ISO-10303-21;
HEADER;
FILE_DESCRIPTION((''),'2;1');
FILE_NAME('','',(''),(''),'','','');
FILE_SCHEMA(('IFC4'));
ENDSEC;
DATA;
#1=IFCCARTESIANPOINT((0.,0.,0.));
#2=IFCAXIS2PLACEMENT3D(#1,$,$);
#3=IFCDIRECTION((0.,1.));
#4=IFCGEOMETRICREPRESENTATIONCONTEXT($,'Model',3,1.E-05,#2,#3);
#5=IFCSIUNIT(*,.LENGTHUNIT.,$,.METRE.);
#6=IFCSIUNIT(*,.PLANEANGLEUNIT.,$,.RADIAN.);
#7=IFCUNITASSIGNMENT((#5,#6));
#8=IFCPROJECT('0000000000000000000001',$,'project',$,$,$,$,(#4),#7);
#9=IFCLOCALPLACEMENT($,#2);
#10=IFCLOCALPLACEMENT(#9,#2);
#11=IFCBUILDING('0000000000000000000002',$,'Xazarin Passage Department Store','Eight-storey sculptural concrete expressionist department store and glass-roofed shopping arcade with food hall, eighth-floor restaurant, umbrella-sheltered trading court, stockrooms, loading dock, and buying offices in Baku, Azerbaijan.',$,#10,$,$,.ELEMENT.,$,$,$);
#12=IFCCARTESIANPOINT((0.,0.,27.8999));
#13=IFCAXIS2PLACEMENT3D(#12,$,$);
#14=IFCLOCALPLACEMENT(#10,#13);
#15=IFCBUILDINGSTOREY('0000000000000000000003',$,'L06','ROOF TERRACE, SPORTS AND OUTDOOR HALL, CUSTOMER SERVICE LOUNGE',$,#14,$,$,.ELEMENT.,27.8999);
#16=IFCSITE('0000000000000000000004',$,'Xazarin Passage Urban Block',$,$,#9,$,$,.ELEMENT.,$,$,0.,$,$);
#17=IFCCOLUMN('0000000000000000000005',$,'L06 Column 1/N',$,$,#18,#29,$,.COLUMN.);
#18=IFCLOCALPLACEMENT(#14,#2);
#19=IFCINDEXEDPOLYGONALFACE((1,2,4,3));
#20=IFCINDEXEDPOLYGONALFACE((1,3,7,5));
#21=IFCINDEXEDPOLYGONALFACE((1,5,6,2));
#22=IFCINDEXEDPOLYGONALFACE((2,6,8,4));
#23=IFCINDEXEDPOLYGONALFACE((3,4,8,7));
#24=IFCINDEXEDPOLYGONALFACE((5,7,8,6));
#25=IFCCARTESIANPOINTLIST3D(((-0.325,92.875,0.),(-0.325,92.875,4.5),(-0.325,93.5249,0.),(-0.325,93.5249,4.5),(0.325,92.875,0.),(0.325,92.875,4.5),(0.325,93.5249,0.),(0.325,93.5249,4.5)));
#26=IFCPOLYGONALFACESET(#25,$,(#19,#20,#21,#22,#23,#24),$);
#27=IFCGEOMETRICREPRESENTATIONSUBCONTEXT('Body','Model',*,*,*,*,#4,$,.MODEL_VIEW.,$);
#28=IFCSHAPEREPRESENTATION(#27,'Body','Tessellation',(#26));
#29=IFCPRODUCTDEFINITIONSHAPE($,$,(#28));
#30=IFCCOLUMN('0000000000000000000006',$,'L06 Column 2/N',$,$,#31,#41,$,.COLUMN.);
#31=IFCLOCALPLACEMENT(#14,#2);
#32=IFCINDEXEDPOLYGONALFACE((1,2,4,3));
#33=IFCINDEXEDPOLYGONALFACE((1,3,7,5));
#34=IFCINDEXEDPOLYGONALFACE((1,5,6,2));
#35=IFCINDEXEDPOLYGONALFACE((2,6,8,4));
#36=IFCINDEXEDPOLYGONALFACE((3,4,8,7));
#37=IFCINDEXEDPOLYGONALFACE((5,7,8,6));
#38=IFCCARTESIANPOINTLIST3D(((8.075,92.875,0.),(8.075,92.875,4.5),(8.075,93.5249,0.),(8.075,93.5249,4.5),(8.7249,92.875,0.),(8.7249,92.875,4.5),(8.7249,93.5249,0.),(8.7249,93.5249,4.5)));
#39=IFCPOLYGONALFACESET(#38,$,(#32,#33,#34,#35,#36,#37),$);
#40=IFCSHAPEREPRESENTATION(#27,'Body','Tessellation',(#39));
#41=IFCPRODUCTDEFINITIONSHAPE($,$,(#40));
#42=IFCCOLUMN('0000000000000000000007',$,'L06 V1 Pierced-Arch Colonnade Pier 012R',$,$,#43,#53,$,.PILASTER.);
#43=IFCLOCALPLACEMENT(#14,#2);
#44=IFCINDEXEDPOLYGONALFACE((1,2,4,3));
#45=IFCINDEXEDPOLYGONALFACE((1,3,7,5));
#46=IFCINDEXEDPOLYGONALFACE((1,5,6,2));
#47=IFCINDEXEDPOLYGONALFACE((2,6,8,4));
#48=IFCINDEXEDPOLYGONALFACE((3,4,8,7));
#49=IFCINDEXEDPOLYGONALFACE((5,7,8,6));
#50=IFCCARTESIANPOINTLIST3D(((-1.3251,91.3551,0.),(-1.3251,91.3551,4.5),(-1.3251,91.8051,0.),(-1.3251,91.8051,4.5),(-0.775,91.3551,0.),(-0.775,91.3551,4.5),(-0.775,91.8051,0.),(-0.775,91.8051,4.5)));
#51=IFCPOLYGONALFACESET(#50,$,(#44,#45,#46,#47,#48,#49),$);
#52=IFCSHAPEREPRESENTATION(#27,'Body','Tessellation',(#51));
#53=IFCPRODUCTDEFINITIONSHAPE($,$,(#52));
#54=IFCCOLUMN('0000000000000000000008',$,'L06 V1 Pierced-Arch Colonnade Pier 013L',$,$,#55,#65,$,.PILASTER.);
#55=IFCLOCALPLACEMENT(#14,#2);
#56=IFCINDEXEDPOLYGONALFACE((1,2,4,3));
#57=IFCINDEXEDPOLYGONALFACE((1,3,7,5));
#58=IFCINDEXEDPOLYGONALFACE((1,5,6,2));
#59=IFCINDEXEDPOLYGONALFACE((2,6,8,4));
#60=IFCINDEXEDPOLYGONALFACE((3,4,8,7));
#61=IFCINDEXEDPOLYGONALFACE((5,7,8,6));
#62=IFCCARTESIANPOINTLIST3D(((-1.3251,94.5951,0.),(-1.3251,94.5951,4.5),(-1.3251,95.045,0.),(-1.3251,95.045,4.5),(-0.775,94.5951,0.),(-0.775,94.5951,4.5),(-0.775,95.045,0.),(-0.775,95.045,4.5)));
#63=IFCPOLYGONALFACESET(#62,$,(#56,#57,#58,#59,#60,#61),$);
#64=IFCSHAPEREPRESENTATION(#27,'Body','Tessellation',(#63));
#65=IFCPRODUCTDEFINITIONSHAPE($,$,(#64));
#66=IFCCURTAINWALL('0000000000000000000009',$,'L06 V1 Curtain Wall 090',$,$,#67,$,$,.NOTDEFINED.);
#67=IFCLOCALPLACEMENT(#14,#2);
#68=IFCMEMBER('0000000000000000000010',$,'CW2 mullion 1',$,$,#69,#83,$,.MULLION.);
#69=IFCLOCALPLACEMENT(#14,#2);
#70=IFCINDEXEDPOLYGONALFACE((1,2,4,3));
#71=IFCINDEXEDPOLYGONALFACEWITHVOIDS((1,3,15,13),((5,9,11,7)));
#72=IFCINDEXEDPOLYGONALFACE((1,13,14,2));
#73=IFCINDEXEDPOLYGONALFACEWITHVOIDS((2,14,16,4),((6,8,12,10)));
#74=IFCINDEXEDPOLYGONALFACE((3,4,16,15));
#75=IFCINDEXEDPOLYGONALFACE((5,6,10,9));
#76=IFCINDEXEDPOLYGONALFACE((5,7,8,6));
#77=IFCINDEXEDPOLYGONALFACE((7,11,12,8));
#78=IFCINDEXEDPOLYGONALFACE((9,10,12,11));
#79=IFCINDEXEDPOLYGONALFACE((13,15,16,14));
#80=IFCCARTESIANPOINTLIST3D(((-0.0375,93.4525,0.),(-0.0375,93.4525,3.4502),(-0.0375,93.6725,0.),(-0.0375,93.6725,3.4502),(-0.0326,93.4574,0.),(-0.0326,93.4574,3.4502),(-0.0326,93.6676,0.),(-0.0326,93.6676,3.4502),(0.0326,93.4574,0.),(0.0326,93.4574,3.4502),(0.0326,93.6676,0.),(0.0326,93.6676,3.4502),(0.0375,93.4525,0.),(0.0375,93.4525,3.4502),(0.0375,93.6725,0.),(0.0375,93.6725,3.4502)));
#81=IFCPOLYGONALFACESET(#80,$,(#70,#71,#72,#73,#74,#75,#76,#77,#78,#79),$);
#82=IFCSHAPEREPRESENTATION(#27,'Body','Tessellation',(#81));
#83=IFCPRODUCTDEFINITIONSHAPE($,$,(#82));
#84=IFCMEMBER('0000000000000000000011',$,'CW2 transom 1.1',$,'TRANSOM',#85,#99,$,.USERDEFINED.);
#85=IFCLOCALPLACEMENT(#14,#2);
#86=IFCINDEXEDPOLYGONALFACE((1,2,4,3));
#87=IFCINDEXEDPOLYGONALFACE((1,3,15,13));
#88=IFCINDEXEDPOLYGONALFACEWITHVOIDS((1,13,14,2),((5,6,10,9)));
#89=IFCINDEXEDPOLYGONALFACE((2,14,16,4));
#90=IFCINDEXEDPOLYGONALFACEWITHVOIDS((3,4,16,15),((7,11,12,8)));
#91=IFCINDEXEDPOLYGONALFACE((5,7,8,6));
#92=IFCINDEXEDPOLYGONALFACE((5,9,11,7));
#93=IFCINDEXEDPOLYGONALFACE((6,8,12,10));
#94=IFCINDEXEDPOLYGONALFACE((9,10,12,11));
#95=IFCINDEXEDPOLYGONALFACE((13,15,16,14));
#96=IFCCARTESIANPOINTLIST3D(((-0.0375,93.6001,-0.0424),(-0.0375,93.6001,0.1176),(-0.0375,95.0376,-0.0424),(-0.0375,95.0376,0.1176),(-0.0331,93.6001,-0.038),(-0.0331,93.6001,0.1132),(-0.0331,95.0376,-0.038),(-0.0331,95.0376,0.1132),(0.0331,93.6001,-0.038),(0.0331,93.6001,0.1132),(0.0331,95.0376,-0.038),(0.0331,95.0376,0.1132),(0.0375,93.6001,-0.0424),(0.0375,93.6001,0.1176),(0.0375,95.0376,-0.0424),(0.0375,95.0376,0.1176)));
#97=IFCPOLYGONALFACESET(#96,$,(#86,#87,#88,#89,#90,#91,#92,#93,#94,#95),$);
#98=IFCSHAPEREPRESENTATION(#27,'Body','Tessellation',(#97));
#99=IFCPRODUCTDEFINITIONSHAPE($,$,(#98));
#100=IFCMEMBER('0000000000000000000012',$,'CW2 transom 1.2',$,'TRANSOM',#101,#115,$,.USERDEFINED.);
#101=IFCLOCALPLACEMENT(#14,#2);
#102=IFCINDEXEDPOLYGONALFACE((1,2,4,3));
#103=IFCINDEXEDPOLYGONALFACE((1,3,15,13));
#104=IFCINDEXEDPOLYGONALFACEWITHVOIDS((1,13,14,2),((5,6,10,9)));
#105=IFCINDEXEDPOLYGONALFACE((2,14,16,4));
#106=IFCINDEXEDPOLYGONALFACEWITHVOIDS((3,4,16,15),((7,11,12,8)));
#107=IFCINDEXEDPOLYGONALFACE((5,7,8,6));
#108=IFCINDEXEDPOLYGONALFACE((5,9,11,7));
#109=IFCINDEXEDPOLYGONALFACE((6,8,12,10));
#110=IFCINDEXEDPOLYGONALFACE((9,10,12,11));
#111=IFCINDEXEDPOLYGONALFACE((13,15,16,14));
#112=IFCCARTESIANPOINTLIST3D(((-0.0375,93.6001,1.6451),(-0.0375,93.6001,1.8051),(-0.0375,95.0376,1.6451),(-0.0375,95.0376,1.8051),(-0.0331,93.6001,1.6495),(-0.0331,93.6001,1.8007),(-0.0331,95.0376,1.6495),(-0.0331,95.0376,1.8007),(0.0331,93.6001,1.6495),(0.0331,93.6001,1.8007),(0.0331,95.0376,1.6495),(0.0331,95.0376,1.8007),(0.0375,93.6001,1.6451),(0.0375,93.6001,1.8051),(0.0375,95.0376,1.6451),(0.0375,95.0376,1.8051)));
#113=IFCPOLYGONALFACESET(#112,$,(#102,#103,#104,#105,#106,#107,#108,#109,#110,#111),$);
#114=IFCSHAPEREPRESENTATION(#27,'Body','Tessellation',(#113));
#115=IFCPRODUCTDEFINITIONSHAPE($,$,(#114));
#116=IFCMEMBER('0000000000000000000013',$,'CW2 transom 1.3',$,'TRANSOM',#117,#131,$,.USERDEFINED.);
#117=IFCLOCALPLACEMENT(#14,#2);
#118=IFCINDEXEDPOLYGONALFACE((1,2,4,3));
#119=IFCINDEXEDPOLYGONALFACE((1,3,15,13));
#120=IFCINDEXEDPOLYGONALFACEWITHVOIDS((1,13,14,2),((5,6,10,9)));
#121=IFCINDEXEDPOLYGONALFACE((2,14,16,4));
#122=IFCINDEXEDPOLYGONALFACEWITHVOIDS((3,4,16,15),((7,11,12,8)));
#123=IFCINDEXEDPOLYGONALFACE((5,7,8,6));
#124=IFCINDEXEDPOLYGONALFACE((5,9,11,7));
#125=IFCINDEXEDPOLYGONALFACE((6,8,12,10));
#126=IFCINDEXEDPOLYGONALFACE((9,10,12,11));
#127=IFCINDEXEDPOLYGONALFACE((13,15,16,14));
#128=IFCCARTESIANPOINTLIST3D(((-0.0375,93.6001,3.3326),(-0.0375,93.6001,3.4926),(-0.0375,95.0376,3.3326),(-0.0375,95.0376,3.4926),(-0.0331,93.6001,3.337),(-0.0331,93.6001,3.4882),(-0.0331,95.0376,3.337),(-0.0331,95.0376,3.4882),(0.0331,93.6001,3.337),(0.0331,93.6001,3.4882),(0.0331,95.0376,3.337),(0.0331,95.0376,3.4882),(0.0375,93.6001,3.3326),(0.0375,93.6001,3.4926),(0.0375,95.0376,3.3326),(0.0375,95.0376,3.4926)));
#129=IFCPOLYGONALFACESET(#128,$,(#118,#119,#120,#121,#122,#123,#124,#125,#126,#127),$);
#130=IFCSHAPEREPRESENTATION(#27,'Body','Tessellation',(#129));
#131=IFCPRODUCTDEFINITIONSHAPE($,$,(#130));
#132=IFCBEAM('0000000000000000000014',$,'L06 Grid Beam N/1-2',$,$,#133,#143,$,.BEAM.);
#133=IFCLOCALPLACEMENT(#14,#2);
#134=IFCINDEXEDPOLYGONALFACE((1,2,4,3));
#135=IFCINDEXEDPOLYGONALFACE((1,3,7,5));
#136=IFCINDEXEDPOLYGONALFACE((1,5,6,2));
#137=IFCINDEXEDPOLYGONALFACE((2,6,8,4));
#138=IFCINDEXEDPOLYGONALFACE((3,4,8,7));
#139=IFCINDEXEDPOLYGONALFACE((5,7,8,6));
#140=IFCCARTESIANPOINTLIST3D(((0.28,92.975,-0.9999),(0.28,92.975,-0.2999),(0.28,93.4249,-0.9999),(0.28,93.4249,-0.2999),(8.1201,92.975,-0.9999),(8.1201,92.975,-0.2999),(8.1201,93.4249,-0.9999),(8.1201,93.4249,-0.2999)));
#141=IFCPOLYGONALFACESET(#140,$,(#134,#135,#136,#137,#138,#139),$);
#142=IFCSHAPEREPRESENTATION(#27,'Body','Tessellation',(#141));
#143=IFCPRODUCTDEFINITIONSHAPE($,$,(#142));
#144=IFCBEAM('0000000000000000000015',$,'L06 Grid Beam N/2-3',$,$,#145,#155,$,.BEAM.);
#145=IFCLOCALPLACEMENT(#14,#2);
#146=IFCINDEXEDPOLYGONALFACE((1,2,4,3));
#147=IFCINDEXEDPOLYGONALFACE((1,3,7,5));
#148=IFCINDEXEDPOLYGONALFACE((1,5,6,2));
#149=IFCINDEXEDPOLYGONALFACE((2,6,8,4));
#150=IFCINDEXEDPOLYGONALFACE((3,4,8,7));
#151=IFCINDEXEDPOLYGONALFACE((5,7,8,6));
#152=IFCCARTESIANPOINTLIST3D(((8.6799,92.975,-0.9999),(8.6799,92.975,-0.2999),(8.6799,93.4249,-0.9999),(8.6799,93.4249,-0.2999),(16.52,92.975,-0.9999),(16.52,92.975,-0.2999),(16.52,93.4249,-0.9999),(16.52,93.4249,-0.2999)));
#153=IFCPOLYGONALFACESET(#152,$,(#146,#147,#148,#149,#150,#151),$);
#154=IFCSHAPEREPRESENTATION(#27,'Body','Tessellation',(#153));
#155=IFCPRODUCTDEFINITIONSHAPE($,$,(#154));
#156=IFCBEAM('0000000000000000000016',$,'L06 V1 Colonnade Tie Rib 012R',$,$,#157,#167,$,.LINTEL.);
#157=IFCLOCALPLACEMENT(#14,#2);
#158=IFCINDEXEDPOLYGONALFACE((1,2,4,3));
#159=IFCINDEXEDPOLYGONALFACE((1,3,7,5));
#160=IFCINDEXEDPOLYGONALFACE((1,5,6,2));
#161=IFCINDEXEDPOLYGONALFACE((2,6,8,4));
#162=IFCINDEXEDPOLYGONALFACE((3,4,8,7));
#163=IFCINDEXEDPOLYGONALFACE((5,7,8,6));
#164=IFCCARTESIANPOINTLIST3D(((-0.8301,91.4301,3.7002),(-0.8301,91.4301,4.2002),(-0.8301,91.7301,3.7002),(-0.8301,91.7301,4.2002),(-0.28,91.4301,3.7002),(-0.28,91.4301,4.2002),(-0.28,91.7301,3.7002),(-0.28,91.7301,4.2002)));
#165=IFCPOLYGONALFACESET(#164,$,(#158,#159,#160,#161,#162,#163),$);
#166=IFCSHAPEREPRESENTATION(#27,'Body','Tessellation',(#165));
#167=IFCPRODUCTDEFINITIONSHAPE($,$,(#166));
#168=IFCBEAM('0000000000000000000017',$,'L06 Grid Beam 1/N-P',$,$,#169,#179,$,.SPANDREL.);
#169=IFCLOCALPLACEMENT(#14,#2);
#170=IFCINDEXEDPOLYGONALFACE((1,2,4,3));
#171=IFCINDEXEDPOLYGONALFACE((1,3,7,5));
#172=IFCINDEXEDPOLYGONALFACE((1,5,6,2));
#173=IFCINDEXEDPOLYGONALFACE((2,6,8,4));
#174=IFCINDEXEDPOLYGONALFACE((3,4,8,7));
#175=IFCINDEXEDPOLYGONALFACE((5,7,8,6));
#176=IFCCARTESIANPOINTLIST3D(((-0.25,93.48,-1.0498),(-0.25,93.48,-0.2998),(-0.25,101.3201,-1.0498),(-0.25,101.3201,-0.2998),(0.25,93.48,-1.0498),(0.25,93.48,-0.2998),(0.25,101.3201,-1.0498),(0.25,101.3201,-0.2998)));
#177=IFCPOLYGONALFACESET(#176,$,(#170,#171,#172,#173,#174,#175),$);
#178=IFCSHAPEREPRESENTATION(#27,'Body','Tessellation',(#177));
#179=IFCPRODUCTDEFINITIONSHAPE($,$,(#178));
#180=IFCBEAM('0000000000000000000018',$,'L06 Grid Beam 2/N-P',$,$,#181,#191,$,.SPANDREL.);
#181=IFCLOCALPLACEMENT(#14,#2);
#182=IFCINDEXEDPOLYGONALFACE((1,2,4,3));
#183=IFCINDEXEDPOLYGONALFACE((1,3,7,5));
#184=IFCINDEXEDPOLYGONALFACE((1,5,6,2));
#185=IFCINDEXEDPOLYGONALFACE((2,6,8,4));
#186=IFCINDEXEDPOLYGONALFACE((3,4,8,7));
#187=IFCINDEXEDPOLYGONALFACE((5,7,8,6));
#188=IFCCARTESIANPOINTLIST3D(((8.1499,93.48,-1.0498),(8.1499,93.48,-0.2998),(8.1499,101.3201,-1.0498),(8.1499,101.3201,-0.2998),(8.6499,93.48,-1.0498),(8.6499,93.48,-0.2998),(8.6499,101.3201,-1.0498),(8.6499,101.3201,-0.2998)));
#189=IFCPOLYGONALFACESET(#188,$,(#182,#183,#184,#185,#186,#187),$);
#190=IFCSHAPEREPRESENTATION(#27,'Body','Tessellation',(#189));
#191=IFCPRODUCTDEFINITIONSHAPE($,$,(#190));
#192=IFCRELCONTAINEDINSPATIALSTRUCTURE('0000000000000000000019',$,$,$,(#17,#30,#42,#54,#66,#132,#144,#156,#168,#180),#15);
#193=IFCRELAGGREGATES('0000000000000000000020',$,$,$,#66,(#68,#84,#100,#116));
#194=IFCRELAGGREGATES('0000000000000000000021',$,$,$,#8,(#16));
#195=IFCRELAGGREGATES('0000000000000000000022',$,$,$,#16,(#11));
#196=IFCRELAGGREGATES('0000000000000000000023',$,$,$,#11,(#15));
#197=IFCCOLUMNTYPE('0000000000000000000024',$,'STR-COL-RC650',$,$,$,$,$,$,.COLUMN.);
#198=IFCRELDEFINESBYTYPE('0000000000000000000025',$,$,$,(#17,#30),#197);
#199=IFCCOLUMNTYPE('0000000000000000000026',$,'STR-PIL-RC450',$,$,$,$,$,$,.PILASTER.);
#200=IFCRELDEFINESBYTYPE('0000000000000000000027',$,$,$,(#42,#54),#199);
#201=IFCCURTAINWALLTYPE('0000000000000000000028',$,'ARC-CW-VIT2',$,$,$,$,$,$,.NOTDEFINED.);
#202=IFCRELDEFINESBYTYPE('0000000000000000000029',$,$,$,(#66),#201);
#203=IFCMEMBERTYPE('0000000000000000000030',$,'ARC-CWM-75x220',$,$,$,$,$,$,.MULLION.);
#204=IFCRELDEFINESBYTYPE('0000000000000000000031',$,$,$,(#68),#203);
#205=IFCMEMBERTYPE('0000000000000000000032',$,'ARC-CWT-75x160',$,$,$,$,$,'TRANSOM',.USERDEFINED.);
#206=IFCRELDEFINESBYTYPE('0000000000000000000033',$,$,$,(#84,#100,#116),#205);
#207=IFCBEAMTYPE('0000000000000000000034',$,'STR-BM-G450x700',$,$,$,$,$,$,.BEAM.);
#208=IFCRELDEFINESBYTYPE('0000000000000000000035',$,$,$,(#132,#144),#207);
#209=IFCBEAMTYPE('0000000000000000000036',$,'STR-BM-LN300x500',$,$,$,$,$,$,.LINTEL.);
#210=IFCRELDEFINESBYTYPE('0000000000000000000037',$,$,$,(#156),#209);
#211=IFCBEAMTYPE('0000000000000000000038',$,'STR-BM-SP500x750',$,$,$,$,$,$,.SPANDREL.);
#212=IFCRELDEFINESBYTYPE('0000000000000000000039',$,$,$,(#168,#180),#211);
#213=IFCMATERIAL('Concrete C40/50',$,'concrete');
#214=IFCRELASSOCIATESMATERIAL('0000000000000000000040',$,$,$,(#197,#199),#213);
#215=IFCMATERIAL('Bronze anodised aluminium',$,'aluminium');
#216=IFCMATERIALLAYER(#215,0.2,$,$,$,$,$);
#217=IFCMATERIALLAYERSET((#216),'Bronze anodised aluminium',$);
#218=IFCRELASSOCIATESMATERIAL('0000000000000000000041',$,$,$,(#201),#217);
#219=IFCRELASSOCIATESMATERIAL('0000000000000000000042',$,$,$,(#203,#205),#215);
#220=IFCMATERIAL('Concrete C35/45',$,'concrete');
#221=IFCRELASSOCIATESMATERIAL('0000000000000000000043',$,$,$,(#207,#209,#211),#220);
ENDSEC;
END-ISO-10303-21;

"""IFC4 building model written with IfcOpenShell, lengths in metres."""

from ifc_helpers import new_model, si_unit, direction, frame, origin, origin_2d, place, context, subcontext, project, spatial, rectangle, hollow_rectangle, extrude, material, layer, layer_set, material_profile, profile_set, type_object, element, aggregate, save


model = new_model("IFC4")

# Units and contexts
model_context = context("Model", 3, precision=1e-05, world=origin(), true_north=direction((0.0, 1.0)))
body_context = subcontext(model_context, "Body", "Model", "MODEL_VIEW")
ifc_project = project(units=[si_unit("LENGTHUNIT", "METRE"), si_unit("PLANEANGLEUNIT", "RADIAN")], contexts=[model_context])

# Site, building, storey
site_placement = place(None, origin())
site = spatial("IfcSite", under=ifc_project, at=site_placement, Name="Xazarin Passage Urban Block", CompositionType="ELEMENT", RefElevation=0.0)
building_placement = place(site_placement, origin())
building = spatial("IfcBuilding", under=site, at=building_placement, Name="Xazarin Passage Department Store", Description="Eight-storey sculptural concrete expressionist department store and glass-roofed shopping arcade with food hall, eighth-floor restaurant, umbrella-sheltered trading court, stockrooms, loading dock, and buying offices in Baku, Azerbaijan.", CompositionType="ELEMENT")
storey_placement = place(building_placement, frame((0.0, 0.0, 27.8999)))
storey = spatial("IfcBuildingStorey", under=building, at=storey_placement, Name="L06", Description="ROOF TERRACE, SPORTS AND OUTDOOR HALL, CUSTOMER SERVICE LOUNGE", CompositionType="ELEMENT", Elevation=27.8999)

# Columns
ifc_material_1 = material(Name="Concrete C40/50", Category="concrete")
ifc_material_profile_1 = material_profile(ifc_material_1, rectangle(XDim=0.6499, YDim=0.6499, at=origin_2d()), Name="RC 650x650")
ifc_profile_set_1 = profile_set([ifc_material_profile_1], Name="Concrete C40/50")
column_type_1 = type_object("IfcColumnType", Name="STR-COL-RC650", PredefinedType="COLUMN", material=ifc_profile_set_1)
for number, where, z_axis, x_axis, name in (
    (1, (0.0, 93.2, 0.0), (0.0, 0.0, 1.0), (1.0, 0.0, 0.0), "L06 Column 1/N"),
    (2, (8.3999, 93.2, 0.0), (0.0, 0.0, 1.0), (1.0, 0.0, 0.0), "L06 Column 2/N"),
):
    element("IfcColumn", number, at=place(storey_placement, frame(where, z_axis=z_axis, x_axis=x_axis)), inside=storey, type_object=column_type_1, Name=name, PredefinedType="COLUMN", context=body_context, shape_type="SweptSolid", body=[
        extrude(rectangle(XDim=0.6499, YDim=0.6499, at=origin_2d()), origin(), (0.0, 0.0, 1.0), 4.5),
    ])
ifc_material_profile_2 = material_profile(ifc_material_1, rectangle(XDim=0.45, YDim=0.55, at=origin_2d()), Name="RC 450x550")
ifc_profile_set_2 = profile_set([ifc_material_profile_2], Name="Concrete C40/50")
column_type_2 = type_object("IfcColumnType", Name="STR-PIL-RC450", PredefinedType="PILASTER", material=ifc_profile_set_2)
for number, where, z_axis, x_axis, name in (
    (3, (-1.05, 91.5801, 0.0), (0.0, 0.0, 1.0), (0.0, 1.0, 0.0), "L06 V1 Pierced-Arch Colonnade Pier 012R"),
    (4, (-1.05, 94.8201, 0.0), (0.0, 0.0, 1.0), (0.0, 1.0, 0.0), "L06 V1 Pierced-Arch Colonnade Pier 013L"),
):
    element("IfcColumn", number, at=place(storey_placement, frame(where, z_axis=z_axis, x_axis=x_axis)), inside=storey, type_object=column_type_2, Name=name, PredefinedType="PILASTER", context=body_context, shape_type="SweptSolid", body=[
        extrude(rectangle(XDim=0.45, YDim=0.55, at=origin_2d()), origin(), (0.0, 0.0, 1.0), 4.5),
    ])

# Curtain wall, members
ifc_material_2 = material(Name="Bronze anodised aluminium", Category="aluminium")
ifc_layer_1 = layer(ifc_material_2, 0.2)
ifc_layer_set_1 = layer_set([ifc_layer_1], Name="Bronze anodised aluminium")
curtain_wall_type = type_object("IfcCurtainWallType", Name="ARC-CW-VIT2", PredefinedType="NOTDEFINED", material=ifc_layer_set_1)
curtain_wall_placement = place(storey_placement, origin())
curtain_wall = element("IfcCurtainWall", 5, at=curtain_wall_placement, inside=storey, type_object=curtain_wall_type, Name="L06 V1 Curtain Wall 090", PredefinedType="NOTDEFINED")
ifc_material_profile_3 = material_profile(ifc_material_2, hollow_rectangle(XDim=0.075, YDim=0.22, WallThickness=0.0049, at=origin_2d()), Name="ALU 75x220")
ifc_profile_set_3 = profile_set([ifc_material_profile_3], Name="Bronze anodised aluminium")
member_type_1 = type_object("IfcMemberType", Name="ARC-CWM-75x220", PredefinedType="MULLION", material=ifc_profile_set_3)
member_1_placement = place(storey_placement, frame((0.0, 93.5625, 0.0), z_axis=(0.0, 0.0, 1.0), x_axis=(-1.0, 0.0, 0.0)))
member_1 = element("IfcMember", 6, at=member_1_placement, type_object=member_type_1, Name="CW2 mullion 1", PredefinedType="MULLION", context=body_context, shape_type="SweptSolid", body=[
    extrude(hollow_rectangle(XDim=0.075, YDim=0.22, WallThickness=0.0049, at=origin_2d()), origin(), (0.0, 0.0, 1.0), 3.4502),
])
ifc_material_profile_4 = material_profile(ifc_material_2, hollow_rectangle(XDim=0.075, YDim=0.1599, WallThickness=0.0044, at=origin_2d()), Name="ALU 75x160")
ifc_profile_set_4 = profile_set([ifc_material_profile_4], Name="Bronze anodised aluminium")
member_type_2 = type_object("IfcMemberType", Name="ARC-CWT-75x160", ElementType="TRANSOM", PredefinedType="USERDEFINED", material=ifc_profile_set_4)
member_2_placement = place(storey_placement, frame((0.0, 93.6001, 0.0376), z_axis=(0.0, 1.0, 0.0), x_axis=(-1.0, 0.0, 0.0)))
member_2 = element("IfcMember", 7, at=member_2_placement, type_object=member_type_2, Name="CW2 transom 1.1", ObjectType="TRANSOM", PredefinedType="USERDEFINED", context=body_context, shape_type="SweptSolid", body=[
    extrude(hollow_rectangle(XDim=0.075, YDim=0.1599, WallThickness=0.0044, at=origin_2d()), origin(), (0.0, 0.0, 1.0), 1.4375),
])
member_3_placement = place(storey_placement, frame((0.0, 93.6001, 1.7251), z_axis=(0.0, 1.0, 0.0), x_axis=(-1.0, 0.0, 0.0)))
member_3 = element("IfcMember", 8, at=member_3_placement, type_object=member_type_2, Name="CW2 transom 1.2", ObjectType="TRANSOM", PredefinedType="USERDEFINED", context=body_context, shape_type="SweptSolid", body=[
    extrude(hollow_rectangle(XDim=0.075, YDim=0.1599, WallThickness=0.0044, at=origin_2d()), origin(), (0.0, 0.0, 1.0), 1.4375),
])
member_4_placement = place(storey_placement, frame((0.0, 93.6001, 3.4126), z_axis=(0.0, 1.0, 0.0), x_axis=(-1.0, 0.0, 0.0)))
member_4 = element("IfcMember", 9, at=member_4_placement, type_object=member_type_2, Name="CW2 transom 1.3", ObjectType="TRANSOM", PredefinedType="USERDEFINED", context=body_context, shape_type="SweptSolid", body=[
    extrude(hollow_rectangle(XDim=0.075, YDim=0.1599, WallThickness=0.0044, at=origin_2d()), origin(), (0.0, 0.0, 1.0), 1.4375),
])

# Beams
ifc_material_3 = material(Name="Concrete C35/45", Category="concrete")
ifc_material_profile_5 = material_profile(ifc_material_3, rectangle(XDim=0.45, YDim=0.7, at=origin_2d()), Name="RC 450x700")
ifc_profile_set_5 = profile_set([ifc_material_profile_5], Name="Concrete C35/45")
beam_type_1 = type_object("IfcBeamType", Name="STR-BM-G450x700", PredefinedType="BEAM", material=ifc_profile_set_5)
for number, where, z_axis, x_axis, name in (
    (10, (0.28, 93.2, -0.6499), (1.0, 0.0, 0.0), (0.0, 1.0, 0.0), "L06 Grid Beam N/1-2"),
    (11, (8.6799, 93.2, -0.6499), (1.0, 0.0, 0.0), (0.0, 1.0, 0.0), "L06 Grid Beam N/2-3"),
):
    element("IfcBeam", number, at=place(storey_placement, frame(where, z_axis=z_axis, x_axis=x_axis)), inside=storey, type_object=beam_type_1, Name=name, PredefinedType="BEAM", context=body_context, shape_type="SweptSolid", body=[
        extrude(rectangle(XDim=0.45, YDim=0.7, at=origin_2d()), origin(), (0.0, 0.0, 1.0), 7.8401),
    ])
ifc_material_profile_6 = material_profile(ifc_material_3, rectangle(XDim=0.3, YDim=0.5, at=origin_2d()), Name="RC 300x500")
ifc_profile_set_6 = profile_set([ifc_material_profile_6], Name="Concrete C35/45")
beam_type_2 = type_object("IfcBeamType", Name="STR-BM-LN300x500", PredefinedType="LINTEL", material=ifc_profile_set_6)
beam_placement = place(storey_placement, frame((-0.28, 91.5801, 3.9502), z_axis=(-1.0, 0.0, 0.0), x_axis=(0.0, -1.0, 0.0)))
element("IfcBeam", 12, at=beam_placement, inside=storey, type_object=beam_type_2, Name="L06 V1 Colonnade Tie Rib 012R", PredefinedType="LINTEL", context=body_context, shape_type="SweptSolid", body=[
    extrude(rectangle(XDim=0.3, YDim=0.5, at=origin_2d()), origin(), (0.0, 0.0, 1.0), 0.55),
])
ifc_material_profile_7 = material_profile(ifc_material_3, rectangle(XDim=0.5, YDim=0.75, at=origin_2d()), Name="RC 500x750")
ifc_profile_set_7 = profile_set([ifc_material_profile_7], Name="Concrete C35/45")
beam_type_3 = type_object("IfcBeamType", Name="STR-BM-SP500x750", PredefinedType="SPANDREL", material=ifc_profile_set_7)
for number, where, z_axis, x_axis, name in (
    (13, (0.0, 93.48, -0.6748), (0.0, 1.0, 0.0), (-1.0, 0.0, 0.0), "L06 Grid Beam 1/N-P"),
    (14, (8.3999, 93.48, -0.6748), (0.0, 1.0, 0.0), (-1.0, 0.0, 0.0), "L06 Grid Beam 2/N-P"),
):
    element("IfcBeam", number, at=place(storey_placement, frame(where, z_axis=z_axis, x_axis=x_axis)), inside=storey, type_object=beam_type_3, Name=name, PredefinedType="SPANDREL", context=body_context, shape_type="SweptSolid", body=[
        extrude(rectangle(XDim=0.5, YDim=0.75, at=origin_2d()), origin(), (0.0, 0.0, 1.0), 7.8401),
    ])

aggregate(curtain_wall, [member_1, member_2, member_3, member_4])

save(model, "model.ifc")
